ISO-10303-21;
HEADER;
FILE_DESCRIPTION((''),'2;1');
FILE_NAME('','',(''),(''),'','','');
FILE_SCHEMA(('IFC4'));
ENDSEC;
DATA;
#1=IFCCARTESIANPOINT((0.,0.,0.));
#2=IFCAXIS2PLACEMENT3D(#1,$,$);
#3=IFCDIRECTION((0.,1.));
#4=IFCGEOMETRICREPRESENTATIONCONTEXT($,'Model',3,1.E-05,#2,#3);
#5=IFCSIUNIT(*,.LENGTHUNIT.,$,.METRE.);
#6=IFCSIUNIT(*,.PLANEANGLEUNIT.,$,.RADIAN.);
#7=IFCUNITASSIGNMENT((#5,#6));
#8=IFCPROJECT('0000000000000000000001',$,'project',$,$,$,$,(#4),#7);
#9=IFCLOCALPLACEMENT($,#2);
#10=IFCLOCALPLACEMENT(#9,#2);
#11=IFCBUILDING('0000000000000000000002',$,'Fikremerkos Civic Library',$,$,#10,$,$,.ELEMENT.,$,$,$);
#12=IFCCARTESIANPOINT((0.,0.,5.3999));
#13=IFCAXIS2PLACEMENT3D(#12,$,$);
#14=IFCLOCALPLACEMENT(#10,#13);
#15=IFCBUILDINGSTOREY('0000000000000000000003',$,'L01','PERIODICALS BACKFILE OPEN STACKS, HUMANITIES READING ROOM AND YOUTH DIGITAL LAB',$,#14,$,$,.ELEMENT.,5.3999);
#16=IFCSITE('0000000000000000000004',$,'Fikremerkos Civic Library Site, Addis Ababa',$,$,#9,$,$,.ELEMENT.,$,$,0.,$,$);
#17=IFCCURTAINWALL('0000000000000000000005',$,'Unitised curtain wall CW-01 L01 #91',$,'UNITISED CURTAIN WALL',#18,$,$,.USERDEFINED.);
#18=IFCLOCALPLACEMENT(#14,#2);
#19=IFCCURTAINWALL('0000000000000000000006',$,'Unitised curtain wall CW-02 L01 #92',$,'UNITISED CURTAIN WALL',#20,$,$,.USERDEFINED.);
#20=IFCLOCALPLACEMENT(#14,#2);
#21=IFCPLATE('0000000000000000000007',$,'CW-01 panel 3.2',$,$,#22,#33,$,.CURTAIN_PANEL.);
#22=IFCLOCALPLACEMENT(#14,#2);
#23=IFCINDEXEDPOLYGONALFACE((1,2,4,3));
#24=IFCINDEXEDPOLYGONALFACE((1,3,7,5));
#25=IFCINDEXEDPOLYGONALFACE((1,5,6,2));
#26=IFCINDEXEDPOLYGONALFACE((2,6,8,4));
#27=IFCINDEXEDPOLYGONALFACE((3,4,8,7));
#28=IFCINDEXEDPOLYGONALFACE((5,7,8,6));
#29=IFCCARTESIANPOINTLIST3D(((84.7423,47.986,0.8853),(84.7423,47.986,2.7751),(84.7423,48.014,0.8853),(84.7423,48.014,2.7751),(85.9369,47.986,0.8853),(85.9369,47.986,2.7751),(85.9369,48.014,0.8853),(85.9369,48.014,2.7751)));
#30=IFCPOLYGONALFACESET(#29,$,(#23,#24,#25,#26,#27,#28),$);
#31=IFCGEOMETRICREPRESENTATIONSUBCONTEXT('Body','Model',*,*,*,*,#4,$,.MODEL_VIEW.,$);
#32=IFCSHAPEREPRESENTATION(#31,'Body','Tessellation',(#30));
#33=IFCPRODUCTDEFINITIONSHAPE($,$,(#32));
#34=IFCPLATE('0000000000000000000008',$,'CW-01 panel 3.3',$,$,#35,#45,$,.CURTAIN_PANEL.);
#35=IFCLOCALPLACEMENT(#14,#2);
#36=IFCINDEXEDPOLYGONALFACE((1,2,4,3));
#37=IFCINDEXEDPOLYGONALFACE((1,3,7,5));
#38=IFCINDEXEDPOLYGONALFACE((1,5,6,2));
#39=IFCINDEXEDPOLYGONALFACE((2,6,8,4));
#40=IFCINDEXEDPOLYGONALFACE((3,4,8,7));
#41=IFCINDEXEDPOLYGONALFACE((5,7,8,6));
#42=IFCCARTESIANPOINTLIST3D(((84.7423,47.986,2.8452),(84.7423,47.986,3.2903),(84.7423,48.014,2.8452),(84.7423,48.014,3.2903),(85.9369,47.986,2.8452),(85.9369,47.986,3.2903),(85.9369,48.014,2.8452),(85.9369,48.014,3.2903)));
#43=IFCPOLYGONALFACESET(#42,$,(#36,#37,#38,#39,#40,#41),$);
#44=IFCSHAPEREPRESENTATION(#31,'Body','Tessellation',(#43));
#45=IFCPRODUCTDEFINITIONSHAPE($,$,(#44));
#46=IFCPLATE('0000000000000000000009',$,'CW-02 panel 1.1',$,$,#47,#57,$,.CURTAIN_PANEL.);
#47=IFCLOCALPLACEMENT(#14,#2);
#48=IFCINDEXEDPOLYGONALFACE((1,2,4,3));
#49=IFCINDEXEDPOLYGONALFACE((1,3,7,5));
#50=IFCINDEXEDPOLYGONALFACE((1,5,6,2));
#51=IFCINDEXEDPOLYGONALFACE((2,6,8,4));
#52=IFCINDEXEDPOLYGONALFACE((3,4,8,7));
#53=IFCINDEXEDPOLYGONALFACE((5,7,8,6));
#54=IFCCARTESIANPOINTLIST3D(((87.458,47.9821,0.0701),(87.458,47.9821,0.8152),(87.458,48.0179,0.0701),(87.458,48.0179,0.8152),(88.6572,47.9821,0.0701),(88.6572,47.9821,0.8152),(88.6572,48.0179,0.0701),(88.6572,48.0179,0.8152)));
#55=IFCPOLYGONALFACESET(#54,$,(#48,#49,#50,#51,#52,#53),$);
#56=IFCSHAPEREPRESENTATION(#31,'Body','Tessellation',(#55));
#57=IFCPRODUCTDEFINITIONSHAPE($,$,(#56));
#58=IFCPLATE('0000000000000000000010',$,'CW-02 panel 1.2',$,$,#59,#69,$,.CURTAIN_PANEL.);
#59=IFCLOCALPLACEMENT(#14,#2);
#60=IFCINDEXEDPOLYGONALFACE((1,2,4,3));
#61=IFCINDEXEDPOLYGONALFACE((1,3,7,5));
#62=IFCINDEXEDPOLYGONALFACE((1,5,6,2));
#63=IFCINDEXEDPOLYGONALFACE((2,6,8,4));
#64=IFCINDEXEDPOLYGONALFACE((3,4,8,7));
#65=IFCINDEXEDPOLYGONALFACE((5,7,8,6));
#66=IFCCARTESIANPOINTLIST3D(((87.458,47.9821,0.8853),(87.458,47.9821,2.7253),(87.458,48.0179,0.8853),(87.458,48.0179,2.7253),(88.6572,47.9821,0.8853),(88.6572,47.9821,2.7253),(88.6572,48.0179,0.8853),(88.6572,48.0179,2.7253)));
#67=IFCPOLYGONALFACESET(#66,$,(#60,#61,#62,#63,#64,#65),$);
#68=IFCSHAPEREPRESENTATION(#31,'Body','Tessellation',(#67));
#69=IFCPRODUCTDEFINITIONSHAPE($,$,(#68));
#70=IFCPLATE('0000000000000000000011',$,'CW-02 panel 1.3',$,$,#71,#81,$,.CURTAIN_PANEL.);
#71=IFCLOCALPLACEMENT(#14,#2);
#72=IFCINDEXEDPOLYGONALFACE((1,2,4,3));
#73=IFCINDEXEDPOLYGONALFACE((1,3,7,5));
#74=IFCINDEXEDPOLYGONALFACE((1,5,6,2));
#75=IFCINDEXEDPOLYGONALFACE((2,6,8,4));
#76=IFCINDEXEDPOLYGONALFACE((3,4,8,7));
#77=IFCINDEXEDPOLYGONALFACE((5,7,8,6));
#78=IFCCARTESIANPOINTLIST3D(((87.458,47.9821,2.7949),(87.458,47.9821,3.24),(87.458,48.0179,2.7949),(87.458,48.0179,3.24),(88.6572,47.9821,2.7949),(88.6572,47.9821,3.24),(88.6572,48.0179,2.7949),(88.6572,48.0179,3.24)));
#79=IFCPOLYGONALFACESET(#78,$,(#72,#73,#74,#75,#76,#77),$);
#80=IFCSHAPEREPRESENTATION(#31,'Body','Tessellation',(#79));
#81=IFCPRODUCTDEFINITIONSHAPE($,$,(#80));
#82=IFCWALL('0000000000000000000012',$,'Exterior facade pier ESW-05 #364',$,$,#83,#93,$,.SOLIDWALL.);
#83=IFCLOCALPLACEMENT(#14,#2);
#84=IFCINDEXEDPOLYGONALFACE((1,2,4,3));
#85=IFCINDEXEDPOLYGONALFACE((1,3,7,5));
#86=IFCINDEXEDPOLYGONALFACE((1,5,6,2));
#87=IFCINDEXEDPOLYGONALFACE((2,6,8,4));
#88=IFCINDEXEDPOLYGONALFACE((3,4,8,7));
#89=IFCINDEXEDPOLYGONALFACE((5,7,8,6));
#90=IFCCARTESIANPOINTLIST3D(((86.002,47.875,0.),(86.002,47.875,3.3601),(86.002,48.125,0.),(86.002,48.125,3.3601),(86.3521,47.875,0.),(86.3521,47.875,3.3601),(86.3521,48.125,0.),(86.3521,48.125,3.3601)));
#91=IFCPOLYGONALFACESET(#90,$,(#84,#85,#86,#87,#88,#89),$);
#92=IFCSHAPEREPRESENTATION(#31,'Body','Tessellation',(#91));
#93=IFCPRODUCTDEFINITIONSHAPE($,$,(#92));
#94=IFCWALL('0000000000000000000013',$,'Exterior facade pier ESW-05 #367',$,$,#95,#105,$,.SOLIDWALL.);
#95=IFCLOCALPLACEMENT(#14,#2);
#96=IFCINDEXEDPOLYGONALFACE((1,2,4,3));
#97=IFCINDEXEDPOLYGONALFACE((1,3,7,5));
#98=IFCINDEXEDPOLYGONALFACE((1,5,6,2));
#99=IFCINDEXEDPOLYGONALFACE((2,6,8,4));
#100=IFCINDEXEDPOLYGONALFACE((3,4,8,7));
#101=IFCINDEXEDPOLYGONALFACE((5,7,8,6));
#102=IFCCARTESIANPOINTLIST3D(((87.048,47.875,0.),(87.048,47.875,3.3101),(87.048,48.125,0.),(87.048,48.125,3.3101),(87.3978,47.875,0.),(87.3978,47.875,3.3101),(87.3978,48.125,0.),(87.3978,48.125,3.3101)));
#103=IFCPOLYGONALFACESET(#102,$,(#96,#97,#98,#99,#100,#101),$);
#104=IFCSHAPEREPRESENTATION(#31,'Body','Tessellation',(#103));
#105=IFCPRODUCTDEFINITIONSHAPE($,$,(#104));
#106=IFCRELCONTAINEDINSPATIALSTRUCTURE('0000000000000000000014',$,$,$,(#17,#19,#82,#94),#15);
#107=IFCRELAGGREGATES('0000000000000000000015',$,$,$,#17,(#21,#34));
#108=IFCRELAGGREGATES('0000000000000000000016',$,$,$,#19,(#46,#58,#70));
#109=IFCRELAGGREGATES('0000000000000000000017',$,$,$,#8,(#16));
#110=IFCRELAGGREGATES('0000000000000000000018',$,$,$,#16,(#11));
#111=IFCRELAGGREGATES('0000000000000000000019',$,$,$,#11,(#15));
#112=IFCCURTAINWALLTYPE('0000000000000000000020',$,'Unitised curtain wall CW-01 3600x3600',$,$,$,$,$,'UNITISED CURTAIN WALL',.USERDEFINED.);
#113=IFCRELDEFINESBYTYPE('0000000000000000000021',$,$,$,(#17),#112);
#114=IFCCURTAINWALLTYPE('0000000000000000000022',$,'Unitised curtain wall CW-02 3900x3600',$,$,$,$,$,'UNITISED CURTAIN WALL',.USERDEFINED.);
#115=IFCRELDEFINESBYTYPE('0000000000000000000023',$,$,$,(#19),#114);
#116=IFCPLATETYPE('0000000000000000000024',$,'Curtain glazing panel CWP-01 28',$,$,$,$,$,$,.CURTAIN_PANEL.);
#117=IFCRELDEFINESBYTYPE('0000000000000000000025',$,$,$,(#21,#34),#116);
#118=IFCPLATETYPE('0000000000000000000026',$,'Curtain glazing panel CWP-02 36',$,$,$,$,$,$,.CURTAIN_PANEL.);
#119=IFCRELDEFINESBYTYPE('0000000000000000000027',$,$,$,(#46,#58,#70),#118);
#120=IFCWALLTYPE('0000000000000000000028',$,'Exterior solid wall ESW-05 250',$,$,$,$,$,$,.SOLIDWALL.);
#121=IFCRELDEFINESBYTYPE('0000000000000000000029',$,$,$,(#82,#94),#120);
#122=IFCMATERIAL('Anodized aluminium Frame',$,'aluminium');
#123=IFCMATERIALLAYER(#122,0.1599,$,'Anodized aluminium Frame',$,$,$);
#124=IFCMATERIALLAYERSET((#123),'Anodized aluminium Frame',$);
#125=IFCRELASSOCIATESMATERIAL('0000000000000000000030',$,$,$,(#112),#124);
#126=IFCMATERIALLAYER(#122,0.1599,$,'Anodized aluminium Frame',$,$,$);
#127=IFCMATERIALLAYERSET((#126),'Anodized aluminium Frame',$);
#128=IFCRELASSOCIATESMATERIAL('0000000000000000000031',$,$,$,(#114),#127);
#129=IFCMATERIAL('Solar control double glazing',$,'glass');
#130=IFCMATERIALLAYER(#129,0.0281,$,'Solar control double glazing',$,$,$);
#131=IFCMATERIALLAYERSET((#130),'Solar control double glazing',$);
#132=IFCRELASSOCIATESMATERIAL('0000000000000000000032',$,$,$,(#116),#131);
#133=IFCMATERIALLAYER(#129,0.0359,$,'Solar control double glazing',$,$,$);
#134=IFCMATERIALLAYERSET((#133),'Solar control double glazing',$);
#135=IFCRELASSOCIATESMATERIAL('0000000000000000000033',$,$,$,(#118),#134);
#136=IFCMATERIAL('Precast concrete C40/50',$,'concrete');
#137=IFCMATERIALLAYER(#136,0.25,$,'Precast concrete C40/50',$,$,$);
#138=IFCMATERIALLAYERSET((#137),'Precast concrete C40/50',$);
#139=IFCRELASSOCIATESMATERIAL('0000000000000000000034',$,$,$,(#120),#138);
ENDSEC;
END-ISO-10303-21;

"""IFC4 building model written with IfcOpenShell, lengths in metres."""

from ifc_helpers import new_model, si_unit, direction, frame, frame_2d, origin, origin_2d, place, context, subcontext, project, spatial, rectangle, extrude, material, layer, layer_set, type_object, element, aggregate, save


model = new_model("IFC4")

# Units and contexts
model_context = context("Model", 3, precision=1e-05, world=origin(), true_north=direction((0.0, 1.0)))
body_context = subcontext(model_context, "Body", "Model", "MODEL_VIEW")
ifc_project = project(units=[si_unit("LENGTHUNIT", "METRE"), si_unit("PLANEANGLEUNIT", "RADIAN")], contexts=[model_context])

# Site, building, storey
site_placement = place(None, origin())
site = spatial("IfcSite", under=ifc_project, at=site_placement, Name="Fikremerkos Civic Library Site, Addis Ababa", CompositionType="ELEMENT", RefElevation=0.0)
building_placement = place(site_placement, origin())
building = spatial("IfcBuilding", under=site, at=building_placement, Name="Fikremerkos Civic Library", CompositionType="ELEMENT")
storey_placement = place(building_placement, frame((0.0, 0.0, 5.3999)))
storey = spatial("IfcBuildingStorey", under=building, at=storey_placement, Name="L01", Description="PERIODICALS BACKFILE OPEN STACKS, HUMANITIES READING ROOM AND YOUTH DIGITAL LAB", CompositionType="ELEMENT", Elevation=5.3999)

# Curtain walls
ifc_material_1 = material(Name="Anodized aluminium Frame", Category="aluminium")
ifc_layer_1 = layer(ifc_material_1, 0.1599, Name="Anodized aluminium Frame")
ifc_layer_set_1 = layer_set([ifc_layer_1], Name="Anodized aluminium Frame")
curtain_wall_type_1 = type_object("IfcCurtainWallType", Name="Unitised curtain wall CW-01 3600x3600", ElementType="UNITISED CURTAIN WALL", PredefinedType="USERDEFINED", material=ifc_layer_set_1)
curtain_wall_1_placement = place(storey_placement, origin())
curtain_wall_1 = element("IfcCurtainWall", 1, at=curtain_wall_1_placement, inside=storey, type_object=curtain_wall_type_1, Name="Unitised curtain wall CW-01 L01 #91", ObjectType="UNITISED CURTAIN WALL", PredefinedType="USERDEFINED")
ifc_layer_2 = layer(ifc_material_1, 0.1599, Name="Anodized aluminium Frame")
ifc_layer_set_2 = layer_set([ifc_layer_2], Name="Anodized aluminium Frame")
curtain_wall_type_2 = type_object("IfcCurtainWallType", Name="Unitised curtain wall CW-02 3900x3600", ElementType="UNITISED CURTAIN WALL", PredefinedType="USERDEFINED", material=ifc_layer_set_2)
curtain_wall_2_placement = place(storey_placement, origin())
curtain_wall_2 = element("IfcCurtainWall", 2, at=curtain_wall_2_placement, inside=storey, type_object=curtain_wall_type_2, Name="Unitised curtain wall CW-02 L01 #92", ObjectType="UNITISED CURTAIN WALL", PredefinedType="USERDEFINED")

# Plates
ifc_material_2 = material(Name="Solar control double glazing", Category="glass")
ifc_layer_3 = layer(ifc_material_2, 0.0281, Name="Solar control double glazing")
ifc_layer_set_3 = layer_set([ifc_layer_3], Name="Solar control double glazing")
plate_type_1 = type_object("IfcPlateType", Name="Curtain glazing panel CWP-01 28", PredefinedType="CURTAIN_PANEL", material=ifc_layer_set_3)
plate_1_placement = place(storey_placement, frame((85.3396, 48.0, 0.8853), z_axis=(0.0, 0.0, 1.0), x_axis=(1.0, 0.0, 0.0)))
plate_1 = element("IfcPlate", 3, at=plate_1_placement, type_object=plate_type_1, Name="CW-01 panel 3.2", PredefinedType="CURTAIN_PANEL", context=body_context, shape_type="SweptSolid", body=[
    extrude(rectangle(XDim=1.1946, YDim=0.0281, at=origin_2d()), origin(), (0.0, 0.0, 1.0), 1.8899),
])
plate_2_placement = place(storey_placement, frame((85.3396, 48.0, 2.8452), z_axis=(0.0, 0.0, 1.0), x_axis=(1.0, 0.0, 0.0)))
plate_2 = element("IfcPlate", 4, at=plate_2_placement, type_object=plate_type_1, Name="CW-01 panel 3.3", PredefinedType="CURTAIN_PANEL", context=body_context, shape_type="SweptSolid", body=[
    extrude(rectangle(XDim=1.1946, YDim=0.0281, at=origin_2d()), origin(), (0.0, 0.0, 1.0), 0.4451),
])
aggregate(curtain_wall_1, [plate_1, plate_2])
ifc_layer_4 = layer(ifc_material_2, 0.0359, Name="Solar control double glazing")
ifc_layer_set_4 = layer_set([ifc_layer_4], Name="Solar control double glazing")
plate_type_2 = type_object("IfcPlateType", Name="Curtain glazing panel CWP-02 36", PredefinedType="CURTAIN_PANEL", material=ifc_layer_set_4)
plate_3_placement = place(storey_placement, frame((88.0576, 48.0, 0.0701), z_axis=(0.0, 0.0, 1.0), x_axis=(1.0, 0.0, 0.0)))
plate_3 = element("IfcPlate", 5, at=plate_3_placement, type_object=plate_type_2, Name="CW-02 panel 1.1", PredefinedType="CURTAIN_PANEL", context=body_context, shape_type="SweptSolid", body=[
    extrude(rectangle(XDim=1.1992, YDim=0.0359, at=origin_2d()), origin(), (0.0, 0.0, 1.0), 0.7451),
])
plate_4_placement = place(storey_placement, frame((88.0576, 48.0, 0.8853), z_axis=(0.0, 0.0, 1.0), x_axis=(1.0, 0.0, 0.0)))
plate_4 = element("IfcPlate", 6, at=plate_4_placement, type_object=plate_type_2, Name="CW-02 panel 1.2", PredefinedType="CURTAIN_PANEL", context=body_context, shape_type="SweptSolid", body=[
    extrude(rectangle(XDim=1.1992, YDim=0.0359, at=origin_2d()), origin(), (0.0, 0.0, 1.0), 1.8401),
])
plate_5_placement = place(storey_placement, frame((88.0576, 48.0, 2.7949), z_axis=(0.0, 0.0, 1.0), x_axis=(1.0, 0.0, 0.0)))
plate_5 = element("IfcPlate", 7, at=plate_5_placement, type_object=plate_type_2, Name="CW-02 panel 1.3", PredefinedType="CURTAIN_PANEL", context=body_context, shape_type="SweptSolid", body=[
    extrude(rectangle(XDim=1.1992, YDim=0.0359, at=origin_2d()), origin(), (0.0, 0.0, 1.0), 0.4451),
])
aggregate(curtain_wall_2, [plate_3, plate_4, plate_5])

# Walls
ifc_material_3 = material(Name="Precast concrete C40/50", Category="concrete")
ifc_layer_5 = layer(ifc_material_3, 0.25, Name="Precast concrete C40/50")
ifc_layer_set_5 = layer_set([ifc_layer_5], Name="Precast concrete C40/50")
wall_type = type_object("IfcWallType", Name="Exterior solid wall ESW-05 250", PredefinedType="SOLIDWALL", material=ifc_layer_set_5)
wall_1_placement = place(storey_placement, frame((86.002, 48.0, 0.0), z_axis=(0.0, 0.0, 1.0), x_axis=(1.0, 0.0, 0.0)))
element("IfcWall", 8, at=wall_1_placement, inside=storey, type_object=wall_type, Name="Exterior facade pier ESW-05 #364", PredefinedType="SOLIDWALL", context=body_context, shape_type="SweptSolid", body=[
    extrude(rectangle(XDim=0.3501, YDim=0.25, at=frame_2d((0.175, 0.0))), origin(), (0.0, 0.0, 1.0), 3.3601),
])
wall_2_placement = place(storey_placement, frame((87.0481, 48.0, 0.0), z_axis=(0.0, 0.0, 1.0), x_axis=(1.0, 0.0, 0.0)))
element("IfcWall", 9, at=wall_2_placement, inside=storey, type_object=wall_type, Name="Exterior facade pier ESW-05 #367", PredefinedType="SOLIDWALL", context=body_context, shape_type="SweptSolid", body=[
    extrude(rectangle(XDim=0.3499, YDim=0.25, at=frame_2d((0.1748, 0.0))), origin(), (0.0, 0.0, 1.0), 3.3101),
])

save(model, "model.ifc")
